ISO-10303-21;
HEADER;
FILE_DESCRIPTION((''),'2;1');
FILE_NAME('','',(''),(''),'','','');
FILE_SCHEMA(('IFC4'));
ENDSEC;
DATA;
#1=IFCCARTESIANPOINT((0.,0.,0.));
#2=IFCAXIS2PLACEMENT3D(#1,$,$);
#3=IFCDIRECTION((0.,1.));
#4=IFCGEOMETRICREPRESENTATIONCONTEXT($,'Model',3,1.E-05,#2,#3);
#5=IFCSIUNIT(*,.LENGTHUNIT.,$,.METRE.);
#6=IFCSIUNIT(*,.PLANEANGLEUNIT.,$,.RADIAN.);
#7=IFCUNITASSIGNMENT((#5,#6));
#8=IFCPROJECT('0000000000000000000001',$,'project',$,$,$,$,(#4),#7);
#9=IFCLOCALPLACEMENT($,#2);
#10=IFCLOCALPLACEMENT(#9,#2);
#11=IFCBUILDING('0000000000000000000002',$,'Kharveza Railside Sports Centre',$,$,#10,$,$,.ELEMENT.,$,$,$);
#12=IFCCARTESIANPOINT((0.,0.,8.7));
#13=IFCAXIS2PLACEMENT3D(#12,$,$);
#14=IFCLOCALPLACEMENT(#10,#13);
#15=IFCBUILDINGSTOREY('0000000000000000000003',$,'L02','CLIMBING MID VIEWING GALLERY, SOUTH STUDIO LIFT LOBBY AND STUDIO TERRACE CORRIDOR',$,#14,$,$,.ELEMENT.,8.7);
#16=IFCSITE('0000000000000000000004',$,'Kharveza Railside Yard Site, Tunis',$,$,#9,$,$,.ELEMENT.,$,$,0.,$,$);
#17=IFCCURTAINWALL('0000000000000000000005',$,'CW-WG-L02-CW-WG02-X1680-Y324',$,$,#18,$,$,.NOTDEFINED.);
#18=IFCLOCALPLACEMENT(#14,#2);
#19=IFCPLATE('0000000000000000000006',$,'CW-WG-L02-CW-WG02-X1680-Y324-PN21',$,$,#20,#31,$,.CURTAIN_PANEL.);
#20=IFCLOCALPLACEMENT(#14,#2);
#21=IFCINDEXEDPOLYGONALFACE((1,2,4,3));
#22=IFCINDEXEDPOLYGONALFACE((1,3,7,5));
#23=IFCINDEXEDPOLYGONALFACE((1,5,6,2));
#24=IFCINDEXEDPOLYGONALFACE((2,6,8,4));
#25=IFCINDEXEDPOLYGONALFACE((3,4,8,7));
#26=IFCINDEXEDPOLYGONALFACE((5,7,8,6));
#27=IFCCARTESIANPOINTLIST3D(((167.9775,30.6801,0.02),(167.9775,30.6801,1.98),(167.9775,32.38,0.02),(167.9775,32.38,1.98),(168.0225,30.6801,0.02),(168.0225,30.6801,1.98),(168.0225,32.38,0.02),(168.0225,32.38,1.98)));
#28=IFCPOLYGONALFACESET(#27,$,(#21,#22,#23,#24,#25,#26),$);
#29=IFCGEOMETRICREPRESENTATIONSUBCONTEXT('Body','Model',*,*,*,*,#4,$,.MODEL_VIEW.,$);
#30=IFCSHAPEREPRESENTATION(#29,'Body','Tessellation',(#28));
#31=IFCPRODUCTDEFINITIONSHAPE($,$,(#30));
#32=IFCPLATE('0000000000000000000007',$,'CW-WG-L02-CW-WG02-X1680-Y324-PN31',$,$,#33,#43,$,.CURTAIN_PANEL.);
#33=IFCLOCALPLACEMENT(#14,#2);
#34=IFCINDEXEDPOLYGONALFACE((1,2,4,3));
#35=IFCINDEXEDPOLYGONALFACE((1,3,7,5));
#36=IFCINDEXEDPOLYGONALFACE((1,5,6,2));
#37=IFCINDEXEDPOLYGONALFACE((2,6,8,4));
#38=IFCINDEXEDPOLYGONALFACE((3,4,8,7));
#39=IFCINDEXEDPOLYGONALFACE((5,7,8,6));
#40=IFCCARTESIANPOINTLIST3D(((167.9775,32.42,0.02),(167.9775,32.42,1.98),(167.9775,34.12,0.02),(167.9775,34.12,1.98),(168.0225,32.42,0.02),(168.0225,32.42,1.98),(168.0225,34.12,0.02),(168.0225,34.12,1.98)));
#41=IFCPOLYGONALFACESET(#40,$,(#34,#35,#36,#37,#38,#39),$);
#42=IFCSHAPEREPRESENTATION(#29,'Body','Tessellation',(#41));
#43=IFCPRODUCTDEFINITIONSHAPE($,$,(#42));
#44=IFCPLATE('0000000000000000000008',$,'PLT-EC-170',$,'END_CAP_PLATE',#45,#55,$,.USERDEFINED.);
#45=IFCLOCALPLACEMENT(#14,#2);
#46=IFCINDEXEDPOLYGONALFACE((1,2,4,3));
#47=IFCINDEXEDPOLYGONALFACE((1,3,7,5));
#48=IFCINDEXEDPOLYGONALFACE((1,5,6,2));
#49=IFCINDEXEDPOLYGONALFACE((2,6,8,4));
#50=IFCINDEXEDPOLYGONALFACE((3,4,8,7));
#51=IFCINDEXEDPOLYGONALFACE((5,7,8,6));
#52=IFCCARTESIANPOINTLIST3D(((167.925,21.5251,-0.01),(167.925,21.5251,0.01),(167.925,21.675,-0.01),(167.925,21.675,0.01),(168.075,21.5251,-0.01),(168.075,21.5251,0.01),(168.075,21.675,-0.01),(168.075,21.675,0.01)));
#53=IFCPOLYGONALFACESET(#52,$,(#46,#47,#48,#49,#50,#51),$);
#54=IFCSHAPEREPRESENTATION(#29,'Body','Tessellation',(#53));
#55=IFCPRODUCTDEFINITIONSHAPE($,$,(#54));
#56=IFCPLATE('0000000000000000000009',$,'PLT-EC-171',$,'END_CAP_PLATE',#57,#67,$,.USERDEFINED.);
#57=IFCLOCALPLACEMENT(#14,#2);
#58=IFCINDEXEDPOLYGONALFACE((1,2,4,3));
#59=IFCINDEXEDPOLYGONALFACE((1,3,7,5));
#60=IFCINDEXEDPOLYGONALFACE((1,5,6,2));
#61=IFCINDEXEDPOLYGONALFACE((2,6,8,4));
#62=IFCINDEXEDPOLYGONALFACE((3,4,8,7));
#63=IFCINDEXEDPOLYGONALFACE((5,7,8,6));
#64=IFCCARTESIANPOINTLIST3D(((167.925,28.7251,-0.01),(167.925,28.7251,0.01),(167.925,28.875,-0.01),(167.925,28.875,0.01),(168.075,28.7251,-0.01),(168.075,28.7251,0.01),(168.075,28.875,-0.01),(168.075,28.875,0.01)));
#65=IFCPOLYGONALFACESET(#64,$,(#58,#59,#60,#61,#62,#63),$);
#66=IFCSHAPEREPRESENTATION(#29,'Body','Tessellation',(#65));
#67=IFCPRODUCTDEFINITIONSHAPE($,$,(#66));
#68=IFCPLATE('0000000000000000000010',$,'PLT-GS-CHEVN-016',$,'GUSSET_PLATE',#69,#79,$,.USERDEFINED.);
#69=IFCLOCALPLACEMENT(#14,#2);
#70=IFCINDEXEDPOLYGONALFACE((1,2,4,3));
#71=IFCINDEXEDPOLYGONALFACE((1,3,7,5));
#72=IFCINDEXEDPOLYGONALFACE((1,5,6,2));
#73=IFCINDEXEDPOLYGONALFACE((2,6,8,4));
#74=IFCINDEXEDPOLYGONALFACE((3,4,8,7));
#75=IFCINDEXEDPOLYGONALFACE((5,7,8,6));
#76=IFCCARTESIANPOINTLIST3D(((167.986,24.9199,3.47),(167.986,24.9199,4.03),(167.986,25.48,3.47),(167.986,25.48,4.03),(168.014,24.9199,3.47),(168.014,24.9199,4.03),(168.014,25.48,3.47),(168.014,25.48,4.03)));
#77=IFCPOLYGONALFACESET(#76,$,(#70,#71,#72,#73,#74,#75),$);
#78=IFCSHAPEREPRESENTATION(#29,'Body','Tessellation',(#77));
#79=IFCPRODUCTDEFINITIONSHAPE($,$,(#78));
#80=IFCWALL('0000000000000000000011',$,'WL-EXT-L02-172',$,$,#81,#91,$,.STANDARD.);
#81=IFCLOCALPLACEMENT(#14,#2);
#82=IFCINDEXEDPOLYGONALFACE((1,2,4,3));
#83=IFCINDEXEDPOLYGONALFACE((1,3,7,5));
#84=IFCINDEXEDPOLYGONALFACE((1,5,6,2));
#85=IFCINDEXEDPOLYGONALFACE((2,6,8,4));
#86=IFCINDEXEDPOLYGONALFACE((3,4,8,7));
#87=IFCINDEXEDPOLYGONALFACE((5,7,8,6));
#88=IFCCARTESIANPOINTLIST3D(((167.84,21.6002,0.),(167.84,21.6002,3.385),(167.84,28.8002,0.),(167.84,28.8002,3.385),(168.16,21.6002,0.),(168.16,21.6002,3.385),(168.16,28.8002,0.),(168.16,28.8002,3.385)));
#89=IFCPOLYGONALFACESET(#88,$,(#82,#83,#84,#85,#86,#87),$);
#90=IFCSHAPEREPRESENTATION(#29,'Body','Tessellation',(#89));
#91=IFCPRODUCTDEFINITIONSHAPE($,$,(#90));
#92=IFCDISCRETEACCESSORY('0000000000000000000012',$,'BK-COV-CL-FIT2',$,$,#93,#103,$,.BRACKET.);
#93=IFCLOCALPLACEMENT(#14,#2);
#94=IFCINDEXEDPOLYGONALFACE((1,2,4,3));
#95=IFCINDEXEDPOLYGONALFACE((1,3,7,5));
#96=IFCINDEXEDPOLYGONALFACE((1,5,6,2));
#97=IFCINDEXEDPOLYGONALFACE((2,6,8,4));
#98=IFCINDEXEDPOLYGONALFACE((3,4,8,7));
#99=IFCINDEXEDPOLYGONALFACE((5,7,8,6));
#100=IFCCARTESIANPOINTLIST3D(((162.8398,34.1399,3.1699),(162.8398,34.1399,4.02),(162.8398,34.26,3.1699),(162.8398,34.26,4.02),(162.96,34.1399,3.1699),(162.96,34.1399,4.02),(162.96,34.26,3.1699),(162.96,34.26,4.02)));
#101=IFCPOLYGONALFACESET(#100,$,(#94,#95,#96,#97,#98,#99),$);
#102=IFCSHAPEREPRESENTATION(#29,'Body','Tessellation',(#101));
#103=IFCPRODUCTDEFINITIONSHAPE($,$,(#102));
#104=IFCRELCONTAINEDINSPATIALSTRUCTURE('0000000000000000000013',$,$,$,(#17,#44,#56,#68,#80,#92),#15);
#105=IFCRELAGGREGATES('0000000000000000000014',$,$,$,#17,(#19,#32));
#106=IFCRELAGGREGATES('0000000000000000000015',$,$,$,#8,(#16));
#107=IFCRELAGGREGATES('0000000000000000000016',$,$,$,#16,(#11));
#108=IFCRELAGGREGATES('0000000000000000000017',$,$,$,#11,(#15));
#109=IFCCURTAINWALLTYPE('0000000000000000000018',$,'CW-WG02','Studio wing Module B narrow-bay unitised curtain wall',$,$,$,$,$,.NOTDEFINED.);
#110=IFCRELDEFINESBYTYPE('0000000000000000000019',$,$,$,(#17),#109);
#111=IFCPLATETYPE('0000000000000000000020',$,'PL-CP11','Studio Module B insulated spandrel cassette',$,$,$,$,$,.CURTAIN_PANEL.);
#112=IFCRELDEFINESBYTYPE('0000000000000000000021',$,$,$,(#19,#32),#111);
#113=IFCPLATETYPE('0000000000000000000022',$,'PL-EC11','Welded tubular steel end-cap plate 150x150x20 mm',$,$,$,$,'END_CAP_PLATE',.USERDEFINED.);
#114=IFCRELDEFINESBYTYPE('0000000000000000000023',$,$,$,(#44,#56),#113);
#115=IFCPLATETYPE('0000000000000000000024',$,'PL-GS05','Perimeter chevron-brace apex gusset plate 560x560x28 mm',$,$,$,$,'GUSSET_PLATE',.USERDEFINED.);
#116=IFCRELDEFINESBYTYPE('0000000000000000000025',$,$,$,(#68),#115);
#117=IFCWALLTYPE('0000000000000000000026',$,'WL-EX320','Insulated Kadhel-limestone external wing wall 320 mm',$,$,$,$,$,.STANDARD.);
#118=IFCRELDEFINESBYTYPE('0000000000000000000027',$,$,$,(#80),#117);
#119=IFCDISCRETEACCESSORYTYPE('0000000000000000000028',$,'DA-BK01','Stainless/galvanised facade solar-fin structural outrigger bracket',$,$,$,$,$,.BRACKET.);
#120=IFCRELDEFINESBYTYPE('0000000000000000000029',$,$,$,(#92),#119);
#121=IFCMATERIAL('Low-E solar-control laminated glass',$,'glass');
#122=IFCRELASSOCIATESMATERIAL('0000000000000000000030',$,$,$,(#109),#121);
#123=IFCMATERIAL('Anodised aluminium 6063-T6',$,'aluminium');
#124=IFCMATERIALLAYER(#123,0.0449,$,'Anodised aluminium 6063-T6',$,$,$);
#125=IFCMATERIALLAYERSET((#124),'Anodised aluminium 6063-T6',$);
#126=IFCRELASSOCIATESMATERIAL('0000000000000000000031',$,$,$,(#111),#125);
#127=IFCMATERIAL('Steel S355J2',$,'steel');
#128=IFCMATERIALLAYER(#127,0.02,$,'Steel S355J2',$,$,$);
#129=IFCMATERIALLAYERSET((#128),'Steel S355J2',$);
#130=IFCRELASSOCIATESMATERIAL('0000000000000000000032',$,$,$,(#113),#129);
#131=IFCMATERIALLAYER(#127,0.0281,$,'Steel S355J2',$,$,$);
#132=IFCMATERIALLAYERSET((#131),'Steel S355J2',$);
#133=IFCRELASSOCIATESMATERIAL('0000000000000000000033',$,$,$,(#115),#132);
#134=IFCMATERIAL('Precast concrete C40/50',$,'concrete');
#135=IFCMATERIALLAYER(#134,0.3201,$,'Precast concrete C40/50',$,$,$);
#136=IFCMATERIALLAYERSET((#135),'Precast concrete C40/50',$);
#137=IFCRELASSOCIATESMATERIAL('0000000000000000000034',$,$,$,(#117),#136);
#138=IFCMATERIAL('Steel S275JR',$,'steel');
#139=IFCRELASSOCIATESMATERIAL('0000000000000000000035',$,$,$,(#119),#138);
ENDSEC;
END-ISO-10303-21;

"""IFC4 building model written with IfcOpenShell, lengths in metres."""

from ifc_helpers import new_model, si_unit, direction, frame, frame_2d, origin, origin_2d, place, context, subcontext, project, spatial, rectangle, extrude, material, layer, layer_set, type_object, element, aggregate, save


model = new_model("IFC4")

# Units and contexts
model_context = context("Model", 3, precision=1e-05, world=origin(), true_north=direction((0.0, 1.0)))
body_context = subcontext(model_context, "Body", "Model", "MODEL_VIEW")
ifc_project = project(units=[si_unit("LENGTHUNIT", "METRE"), si_unit("PLANEANGLEUNIT", "RADIAN")], contexts=[model_context])

# Site, building, storey
site_placement = place(None, origin())
site = spatial("IfcSite", under=ifc_project, at=site_placement, Name="Kharveza Railside Yard Site, Tunis", CompositionType="ELEMENT", RefElevation=0.0)
building_placement = place(site_placement, origin())
building = spatial("IfcBuilding", under=site, at=building_placement, Name="Kharveza Railside Sports Centre", CompositionType="ELEMENT")
storey_placement = place(building_placement, frame((0.0, 0.0, 8.7)))
storey = spatial("IfcBuildingStorey", under=building, at=storey_placement, Name="L02", Description="CLIMBING MID VIEWING GALLERY, SOUTH STUDIO LIFT LOBBY AND STUDIO TERRACE CORRIDOR", CompositionType="ELEMENT", Elevation=8.7)

# Shared definitions
ifc_material_1 = material(Name="Steel S355J2", Category="steel")

# Curtain wall
ifc_material_2 = material(Name="Low-E solar-control laminated glass", Category="glass")
curtain_wall_type = type_object("IfcCurtainWallType", Name="CW-WG02", Description="Studio wing Module B narrow-bay unitised curtain wall", PredefinedType="NOTDEFINED", material=ifc_material_2)
curtain_wall_placement = place(storey_placement, origin())
curtain_wall = element("IfcCurtainWall", 1, at=curtain_wall_placement, inside=storey, type_object=curtain_wall_type, Name="CW-WG-L02-CW-WG02-X1680-Y324", PredefinedType="NOTDEFINED")
ifc_material_3 = material(Name="Anodised aluminium 6063-T6", Category="aluminium")

# Plates
ifc_layer_1 = layer(ifc_material_3, 0.0449, Name="Anodised aluminium 6063-T6")
ifc_layer_set_1 = layer_set([ifc_layer_1], Name="Anodised aluminium 6063-T6")
plate_type_1 = type_object("IfcPlateType", Name="PL-CP11", Description="Studio Module B insulated spandrel cassette", PredefinedType="CURTAIN_PANEL", material=ifc_layer_set_1)
plate_1_placement = place(storey_placement, frame((168.0, 31.53, 0.02), z_axis=(0.0, 0.0, 1.0), x_axis=(0.0, 1.0, 0.0)))
plate_1 = element("IfcPlate", 2, at=plate_1_placement, type_object=plate_type_1, Name="CW-WG-L02-CW-WG02-X1680-Y324-PN21", PredefinedType="CURTAIN_PANEL", context=body_context, shape_type="SweptSolid", body=[
    extrude(rectangle(XDim=1.7, YDim=0.0449, at=origin_2d()), origin(), (0.0, 0.0, 1.0), 1.96),
])
plate_2_placement = place(storey_placement, frame((168.0, 33.27, 0.02), z_axis=(0.0, 0.0, 1.0), x_axis=(0.0, 1.0, 0.0)))
plate_2 = element("IfcPlate", 3, at=plate_2_placement, type_object=plate_type_1, Name="CW-WG-L02-CW-WG02-X1680-Y324-PN31", PredefinedType="CURTAIN_PANEL", context=body_context, shape_type="SweptSolid", body=[
    extrude(rectangle(XDim=1.7, YDim=0.0449, at=origin_2d()), origin(), (0.0, 0.0, 1.0), 1.96),
])
aggregate(curtain_wall, [plate_1, plate_2])

# Plates
ifc_layer_2 = layer(ifc_material_1, 0.02, Name="Steel S355J2")
ifc_layer_set_2 = layer_set([ifc_layer_2], Name="Steel S355J2")
plate_type_2 = type_object("IfcPlateType", Name="PL-EC11", Description="Welded tubular steel end-cap plate 150x150x20 mm", ElementType="END_CAP_PLATE", PredefinedType="USERDEFINED", material=ifc_layer_set_2)
for number, where, z_axis, x_axis, name in (
    (4, (168.0, 21.6001, -0.01), (0.0, 0.0, 1.0), (1.0, 0.0, 0.0), "PLT-EC-170"),
    (5, (168.0, 28.8, -0.01), (0.0, 0.0, 1.0), (1.0, 0.0, 0.0), "PLT-EC-171"),
):
    element("IfcPlate", number, at=place(storey_placement, frame(where, z_axis=z_axis, x_axis=x_axis)), inside=storey, type_object=plate_type_2, Name=name, ObjectType="END_CAP_PLATE", PredefinedType="USERDEFINED", context=body_context, shape_type="SweptSolid", body=[
        extrude(rectangle(XDim=0.1499, YDim=0.1499, at=origin_2d()), origin(), (0.0, 0.0, 1.0), 0.02),
    ])
ifc_layer_3 = layer(ifc_material_1, 0.0281, Name="Steel S355J2")
ifc_layer_set_3 = layer_set([ifc_layer_3], Name="Steel S355J2")
plate_type_3 = type_object("IfcPlateType", Name="PL-GS05", Description="Perimeter chevron-brace apex gusset plate 560x560x28 mm", ElementType="GUSSET_PLATE", PredefinedType="USERDEFINED", material=ifc_layer_set_3)
plate_3_placement = place(storey_placement, frame((168.0, 25.2, 3.47), z_axis=(0.0, 0.0, 1.0), x_axis=(1.0, 0.0, 0.0)))
element("IfcPlate", 6, at=plate_3_placement, inside=storey, type_object=plate_type_3, Name="PLT-GS-CHEVN-016", ObjectType="GUSSET_PLATE", PredefinedType="USERDEFINED", context=body_context, shape_type="SweptSolid", body=[
    extrude(rectangle(XDim=0.0281, YDim=0.5601, at=origin_2d()), origin(), (0.0, 0.0, 1.0), 0.5601),
])

# Wall
ifc_material_4 = material(Name="Precast concrete C40/50", Category="concrete")
ifc_layer_4 = layer(ifc_material_4, 0.3201, Name="Precast concrete C40/50")
ifc_layer_set_4 = layer_set([ifc_layer_4], Name="Precast concrete C40/50")
wall_type = type_object("IfcWallType", Name="WL-EX320", Description="Insulated Kadhel-limestone external wing wall 320 mm", PredefinedType="STANDARD", material=ifc_layer_set_4)
wall_placement = place(storey_placement, frame((168.0, 21.6001, 0.0), z_axis=(0.0, 0.0, 1.0), x_axis=(0.0, 1.0, 0.0)))
element("IfcWall", 7, at=wall_placement, inside=storey, type_object=wall_type, Name="WL-EXT-L02-172", PredefinedType="STANDARD", context=body_context, shape_type="SweptSolid", body=[
    extrude(rectangle(XDim=7.2, YDim=0.3201, at=frame_2d((3.6001, 0.0))), origin(), (0.0, 0.0, 1.0), 3.385),
])

# Discrete accessory
ifc_material_5 = material(Name="Steel S275JR", Category="steel")
discrete_accessory_type = type_object("IfcDiscreteAccessoryType", Name="DA-BK01", Description="Stainless/galvanised facade solar-fin structural outrigger bracket", PredefinedType="BRACKET", material=ifc_material_5)
discrete_accessory_placement = place(storey_placement, frame((162.8999, 34.2, 3.1699), z_axis=(0.0, 0.0, 1.0), x_axis=(1.0, 0.0, 0.0)))
element("IfcDiscreteAccessory", 8, at=discrete_accessory_placement, inside=storey, type_object=discrete_accessory_type, Name="BK-COV-CL-FIT2", PredefinedType="BRACKET", context=body_context, shape_type="SweptSolid", body=[
    extrude(rectangle(XDim=0.1201, YDim=0.1201, at=origin_2d()), origin(), (0.0, 0.0, 1.0), 0.8501),
])

save(model, "model.ifc")
